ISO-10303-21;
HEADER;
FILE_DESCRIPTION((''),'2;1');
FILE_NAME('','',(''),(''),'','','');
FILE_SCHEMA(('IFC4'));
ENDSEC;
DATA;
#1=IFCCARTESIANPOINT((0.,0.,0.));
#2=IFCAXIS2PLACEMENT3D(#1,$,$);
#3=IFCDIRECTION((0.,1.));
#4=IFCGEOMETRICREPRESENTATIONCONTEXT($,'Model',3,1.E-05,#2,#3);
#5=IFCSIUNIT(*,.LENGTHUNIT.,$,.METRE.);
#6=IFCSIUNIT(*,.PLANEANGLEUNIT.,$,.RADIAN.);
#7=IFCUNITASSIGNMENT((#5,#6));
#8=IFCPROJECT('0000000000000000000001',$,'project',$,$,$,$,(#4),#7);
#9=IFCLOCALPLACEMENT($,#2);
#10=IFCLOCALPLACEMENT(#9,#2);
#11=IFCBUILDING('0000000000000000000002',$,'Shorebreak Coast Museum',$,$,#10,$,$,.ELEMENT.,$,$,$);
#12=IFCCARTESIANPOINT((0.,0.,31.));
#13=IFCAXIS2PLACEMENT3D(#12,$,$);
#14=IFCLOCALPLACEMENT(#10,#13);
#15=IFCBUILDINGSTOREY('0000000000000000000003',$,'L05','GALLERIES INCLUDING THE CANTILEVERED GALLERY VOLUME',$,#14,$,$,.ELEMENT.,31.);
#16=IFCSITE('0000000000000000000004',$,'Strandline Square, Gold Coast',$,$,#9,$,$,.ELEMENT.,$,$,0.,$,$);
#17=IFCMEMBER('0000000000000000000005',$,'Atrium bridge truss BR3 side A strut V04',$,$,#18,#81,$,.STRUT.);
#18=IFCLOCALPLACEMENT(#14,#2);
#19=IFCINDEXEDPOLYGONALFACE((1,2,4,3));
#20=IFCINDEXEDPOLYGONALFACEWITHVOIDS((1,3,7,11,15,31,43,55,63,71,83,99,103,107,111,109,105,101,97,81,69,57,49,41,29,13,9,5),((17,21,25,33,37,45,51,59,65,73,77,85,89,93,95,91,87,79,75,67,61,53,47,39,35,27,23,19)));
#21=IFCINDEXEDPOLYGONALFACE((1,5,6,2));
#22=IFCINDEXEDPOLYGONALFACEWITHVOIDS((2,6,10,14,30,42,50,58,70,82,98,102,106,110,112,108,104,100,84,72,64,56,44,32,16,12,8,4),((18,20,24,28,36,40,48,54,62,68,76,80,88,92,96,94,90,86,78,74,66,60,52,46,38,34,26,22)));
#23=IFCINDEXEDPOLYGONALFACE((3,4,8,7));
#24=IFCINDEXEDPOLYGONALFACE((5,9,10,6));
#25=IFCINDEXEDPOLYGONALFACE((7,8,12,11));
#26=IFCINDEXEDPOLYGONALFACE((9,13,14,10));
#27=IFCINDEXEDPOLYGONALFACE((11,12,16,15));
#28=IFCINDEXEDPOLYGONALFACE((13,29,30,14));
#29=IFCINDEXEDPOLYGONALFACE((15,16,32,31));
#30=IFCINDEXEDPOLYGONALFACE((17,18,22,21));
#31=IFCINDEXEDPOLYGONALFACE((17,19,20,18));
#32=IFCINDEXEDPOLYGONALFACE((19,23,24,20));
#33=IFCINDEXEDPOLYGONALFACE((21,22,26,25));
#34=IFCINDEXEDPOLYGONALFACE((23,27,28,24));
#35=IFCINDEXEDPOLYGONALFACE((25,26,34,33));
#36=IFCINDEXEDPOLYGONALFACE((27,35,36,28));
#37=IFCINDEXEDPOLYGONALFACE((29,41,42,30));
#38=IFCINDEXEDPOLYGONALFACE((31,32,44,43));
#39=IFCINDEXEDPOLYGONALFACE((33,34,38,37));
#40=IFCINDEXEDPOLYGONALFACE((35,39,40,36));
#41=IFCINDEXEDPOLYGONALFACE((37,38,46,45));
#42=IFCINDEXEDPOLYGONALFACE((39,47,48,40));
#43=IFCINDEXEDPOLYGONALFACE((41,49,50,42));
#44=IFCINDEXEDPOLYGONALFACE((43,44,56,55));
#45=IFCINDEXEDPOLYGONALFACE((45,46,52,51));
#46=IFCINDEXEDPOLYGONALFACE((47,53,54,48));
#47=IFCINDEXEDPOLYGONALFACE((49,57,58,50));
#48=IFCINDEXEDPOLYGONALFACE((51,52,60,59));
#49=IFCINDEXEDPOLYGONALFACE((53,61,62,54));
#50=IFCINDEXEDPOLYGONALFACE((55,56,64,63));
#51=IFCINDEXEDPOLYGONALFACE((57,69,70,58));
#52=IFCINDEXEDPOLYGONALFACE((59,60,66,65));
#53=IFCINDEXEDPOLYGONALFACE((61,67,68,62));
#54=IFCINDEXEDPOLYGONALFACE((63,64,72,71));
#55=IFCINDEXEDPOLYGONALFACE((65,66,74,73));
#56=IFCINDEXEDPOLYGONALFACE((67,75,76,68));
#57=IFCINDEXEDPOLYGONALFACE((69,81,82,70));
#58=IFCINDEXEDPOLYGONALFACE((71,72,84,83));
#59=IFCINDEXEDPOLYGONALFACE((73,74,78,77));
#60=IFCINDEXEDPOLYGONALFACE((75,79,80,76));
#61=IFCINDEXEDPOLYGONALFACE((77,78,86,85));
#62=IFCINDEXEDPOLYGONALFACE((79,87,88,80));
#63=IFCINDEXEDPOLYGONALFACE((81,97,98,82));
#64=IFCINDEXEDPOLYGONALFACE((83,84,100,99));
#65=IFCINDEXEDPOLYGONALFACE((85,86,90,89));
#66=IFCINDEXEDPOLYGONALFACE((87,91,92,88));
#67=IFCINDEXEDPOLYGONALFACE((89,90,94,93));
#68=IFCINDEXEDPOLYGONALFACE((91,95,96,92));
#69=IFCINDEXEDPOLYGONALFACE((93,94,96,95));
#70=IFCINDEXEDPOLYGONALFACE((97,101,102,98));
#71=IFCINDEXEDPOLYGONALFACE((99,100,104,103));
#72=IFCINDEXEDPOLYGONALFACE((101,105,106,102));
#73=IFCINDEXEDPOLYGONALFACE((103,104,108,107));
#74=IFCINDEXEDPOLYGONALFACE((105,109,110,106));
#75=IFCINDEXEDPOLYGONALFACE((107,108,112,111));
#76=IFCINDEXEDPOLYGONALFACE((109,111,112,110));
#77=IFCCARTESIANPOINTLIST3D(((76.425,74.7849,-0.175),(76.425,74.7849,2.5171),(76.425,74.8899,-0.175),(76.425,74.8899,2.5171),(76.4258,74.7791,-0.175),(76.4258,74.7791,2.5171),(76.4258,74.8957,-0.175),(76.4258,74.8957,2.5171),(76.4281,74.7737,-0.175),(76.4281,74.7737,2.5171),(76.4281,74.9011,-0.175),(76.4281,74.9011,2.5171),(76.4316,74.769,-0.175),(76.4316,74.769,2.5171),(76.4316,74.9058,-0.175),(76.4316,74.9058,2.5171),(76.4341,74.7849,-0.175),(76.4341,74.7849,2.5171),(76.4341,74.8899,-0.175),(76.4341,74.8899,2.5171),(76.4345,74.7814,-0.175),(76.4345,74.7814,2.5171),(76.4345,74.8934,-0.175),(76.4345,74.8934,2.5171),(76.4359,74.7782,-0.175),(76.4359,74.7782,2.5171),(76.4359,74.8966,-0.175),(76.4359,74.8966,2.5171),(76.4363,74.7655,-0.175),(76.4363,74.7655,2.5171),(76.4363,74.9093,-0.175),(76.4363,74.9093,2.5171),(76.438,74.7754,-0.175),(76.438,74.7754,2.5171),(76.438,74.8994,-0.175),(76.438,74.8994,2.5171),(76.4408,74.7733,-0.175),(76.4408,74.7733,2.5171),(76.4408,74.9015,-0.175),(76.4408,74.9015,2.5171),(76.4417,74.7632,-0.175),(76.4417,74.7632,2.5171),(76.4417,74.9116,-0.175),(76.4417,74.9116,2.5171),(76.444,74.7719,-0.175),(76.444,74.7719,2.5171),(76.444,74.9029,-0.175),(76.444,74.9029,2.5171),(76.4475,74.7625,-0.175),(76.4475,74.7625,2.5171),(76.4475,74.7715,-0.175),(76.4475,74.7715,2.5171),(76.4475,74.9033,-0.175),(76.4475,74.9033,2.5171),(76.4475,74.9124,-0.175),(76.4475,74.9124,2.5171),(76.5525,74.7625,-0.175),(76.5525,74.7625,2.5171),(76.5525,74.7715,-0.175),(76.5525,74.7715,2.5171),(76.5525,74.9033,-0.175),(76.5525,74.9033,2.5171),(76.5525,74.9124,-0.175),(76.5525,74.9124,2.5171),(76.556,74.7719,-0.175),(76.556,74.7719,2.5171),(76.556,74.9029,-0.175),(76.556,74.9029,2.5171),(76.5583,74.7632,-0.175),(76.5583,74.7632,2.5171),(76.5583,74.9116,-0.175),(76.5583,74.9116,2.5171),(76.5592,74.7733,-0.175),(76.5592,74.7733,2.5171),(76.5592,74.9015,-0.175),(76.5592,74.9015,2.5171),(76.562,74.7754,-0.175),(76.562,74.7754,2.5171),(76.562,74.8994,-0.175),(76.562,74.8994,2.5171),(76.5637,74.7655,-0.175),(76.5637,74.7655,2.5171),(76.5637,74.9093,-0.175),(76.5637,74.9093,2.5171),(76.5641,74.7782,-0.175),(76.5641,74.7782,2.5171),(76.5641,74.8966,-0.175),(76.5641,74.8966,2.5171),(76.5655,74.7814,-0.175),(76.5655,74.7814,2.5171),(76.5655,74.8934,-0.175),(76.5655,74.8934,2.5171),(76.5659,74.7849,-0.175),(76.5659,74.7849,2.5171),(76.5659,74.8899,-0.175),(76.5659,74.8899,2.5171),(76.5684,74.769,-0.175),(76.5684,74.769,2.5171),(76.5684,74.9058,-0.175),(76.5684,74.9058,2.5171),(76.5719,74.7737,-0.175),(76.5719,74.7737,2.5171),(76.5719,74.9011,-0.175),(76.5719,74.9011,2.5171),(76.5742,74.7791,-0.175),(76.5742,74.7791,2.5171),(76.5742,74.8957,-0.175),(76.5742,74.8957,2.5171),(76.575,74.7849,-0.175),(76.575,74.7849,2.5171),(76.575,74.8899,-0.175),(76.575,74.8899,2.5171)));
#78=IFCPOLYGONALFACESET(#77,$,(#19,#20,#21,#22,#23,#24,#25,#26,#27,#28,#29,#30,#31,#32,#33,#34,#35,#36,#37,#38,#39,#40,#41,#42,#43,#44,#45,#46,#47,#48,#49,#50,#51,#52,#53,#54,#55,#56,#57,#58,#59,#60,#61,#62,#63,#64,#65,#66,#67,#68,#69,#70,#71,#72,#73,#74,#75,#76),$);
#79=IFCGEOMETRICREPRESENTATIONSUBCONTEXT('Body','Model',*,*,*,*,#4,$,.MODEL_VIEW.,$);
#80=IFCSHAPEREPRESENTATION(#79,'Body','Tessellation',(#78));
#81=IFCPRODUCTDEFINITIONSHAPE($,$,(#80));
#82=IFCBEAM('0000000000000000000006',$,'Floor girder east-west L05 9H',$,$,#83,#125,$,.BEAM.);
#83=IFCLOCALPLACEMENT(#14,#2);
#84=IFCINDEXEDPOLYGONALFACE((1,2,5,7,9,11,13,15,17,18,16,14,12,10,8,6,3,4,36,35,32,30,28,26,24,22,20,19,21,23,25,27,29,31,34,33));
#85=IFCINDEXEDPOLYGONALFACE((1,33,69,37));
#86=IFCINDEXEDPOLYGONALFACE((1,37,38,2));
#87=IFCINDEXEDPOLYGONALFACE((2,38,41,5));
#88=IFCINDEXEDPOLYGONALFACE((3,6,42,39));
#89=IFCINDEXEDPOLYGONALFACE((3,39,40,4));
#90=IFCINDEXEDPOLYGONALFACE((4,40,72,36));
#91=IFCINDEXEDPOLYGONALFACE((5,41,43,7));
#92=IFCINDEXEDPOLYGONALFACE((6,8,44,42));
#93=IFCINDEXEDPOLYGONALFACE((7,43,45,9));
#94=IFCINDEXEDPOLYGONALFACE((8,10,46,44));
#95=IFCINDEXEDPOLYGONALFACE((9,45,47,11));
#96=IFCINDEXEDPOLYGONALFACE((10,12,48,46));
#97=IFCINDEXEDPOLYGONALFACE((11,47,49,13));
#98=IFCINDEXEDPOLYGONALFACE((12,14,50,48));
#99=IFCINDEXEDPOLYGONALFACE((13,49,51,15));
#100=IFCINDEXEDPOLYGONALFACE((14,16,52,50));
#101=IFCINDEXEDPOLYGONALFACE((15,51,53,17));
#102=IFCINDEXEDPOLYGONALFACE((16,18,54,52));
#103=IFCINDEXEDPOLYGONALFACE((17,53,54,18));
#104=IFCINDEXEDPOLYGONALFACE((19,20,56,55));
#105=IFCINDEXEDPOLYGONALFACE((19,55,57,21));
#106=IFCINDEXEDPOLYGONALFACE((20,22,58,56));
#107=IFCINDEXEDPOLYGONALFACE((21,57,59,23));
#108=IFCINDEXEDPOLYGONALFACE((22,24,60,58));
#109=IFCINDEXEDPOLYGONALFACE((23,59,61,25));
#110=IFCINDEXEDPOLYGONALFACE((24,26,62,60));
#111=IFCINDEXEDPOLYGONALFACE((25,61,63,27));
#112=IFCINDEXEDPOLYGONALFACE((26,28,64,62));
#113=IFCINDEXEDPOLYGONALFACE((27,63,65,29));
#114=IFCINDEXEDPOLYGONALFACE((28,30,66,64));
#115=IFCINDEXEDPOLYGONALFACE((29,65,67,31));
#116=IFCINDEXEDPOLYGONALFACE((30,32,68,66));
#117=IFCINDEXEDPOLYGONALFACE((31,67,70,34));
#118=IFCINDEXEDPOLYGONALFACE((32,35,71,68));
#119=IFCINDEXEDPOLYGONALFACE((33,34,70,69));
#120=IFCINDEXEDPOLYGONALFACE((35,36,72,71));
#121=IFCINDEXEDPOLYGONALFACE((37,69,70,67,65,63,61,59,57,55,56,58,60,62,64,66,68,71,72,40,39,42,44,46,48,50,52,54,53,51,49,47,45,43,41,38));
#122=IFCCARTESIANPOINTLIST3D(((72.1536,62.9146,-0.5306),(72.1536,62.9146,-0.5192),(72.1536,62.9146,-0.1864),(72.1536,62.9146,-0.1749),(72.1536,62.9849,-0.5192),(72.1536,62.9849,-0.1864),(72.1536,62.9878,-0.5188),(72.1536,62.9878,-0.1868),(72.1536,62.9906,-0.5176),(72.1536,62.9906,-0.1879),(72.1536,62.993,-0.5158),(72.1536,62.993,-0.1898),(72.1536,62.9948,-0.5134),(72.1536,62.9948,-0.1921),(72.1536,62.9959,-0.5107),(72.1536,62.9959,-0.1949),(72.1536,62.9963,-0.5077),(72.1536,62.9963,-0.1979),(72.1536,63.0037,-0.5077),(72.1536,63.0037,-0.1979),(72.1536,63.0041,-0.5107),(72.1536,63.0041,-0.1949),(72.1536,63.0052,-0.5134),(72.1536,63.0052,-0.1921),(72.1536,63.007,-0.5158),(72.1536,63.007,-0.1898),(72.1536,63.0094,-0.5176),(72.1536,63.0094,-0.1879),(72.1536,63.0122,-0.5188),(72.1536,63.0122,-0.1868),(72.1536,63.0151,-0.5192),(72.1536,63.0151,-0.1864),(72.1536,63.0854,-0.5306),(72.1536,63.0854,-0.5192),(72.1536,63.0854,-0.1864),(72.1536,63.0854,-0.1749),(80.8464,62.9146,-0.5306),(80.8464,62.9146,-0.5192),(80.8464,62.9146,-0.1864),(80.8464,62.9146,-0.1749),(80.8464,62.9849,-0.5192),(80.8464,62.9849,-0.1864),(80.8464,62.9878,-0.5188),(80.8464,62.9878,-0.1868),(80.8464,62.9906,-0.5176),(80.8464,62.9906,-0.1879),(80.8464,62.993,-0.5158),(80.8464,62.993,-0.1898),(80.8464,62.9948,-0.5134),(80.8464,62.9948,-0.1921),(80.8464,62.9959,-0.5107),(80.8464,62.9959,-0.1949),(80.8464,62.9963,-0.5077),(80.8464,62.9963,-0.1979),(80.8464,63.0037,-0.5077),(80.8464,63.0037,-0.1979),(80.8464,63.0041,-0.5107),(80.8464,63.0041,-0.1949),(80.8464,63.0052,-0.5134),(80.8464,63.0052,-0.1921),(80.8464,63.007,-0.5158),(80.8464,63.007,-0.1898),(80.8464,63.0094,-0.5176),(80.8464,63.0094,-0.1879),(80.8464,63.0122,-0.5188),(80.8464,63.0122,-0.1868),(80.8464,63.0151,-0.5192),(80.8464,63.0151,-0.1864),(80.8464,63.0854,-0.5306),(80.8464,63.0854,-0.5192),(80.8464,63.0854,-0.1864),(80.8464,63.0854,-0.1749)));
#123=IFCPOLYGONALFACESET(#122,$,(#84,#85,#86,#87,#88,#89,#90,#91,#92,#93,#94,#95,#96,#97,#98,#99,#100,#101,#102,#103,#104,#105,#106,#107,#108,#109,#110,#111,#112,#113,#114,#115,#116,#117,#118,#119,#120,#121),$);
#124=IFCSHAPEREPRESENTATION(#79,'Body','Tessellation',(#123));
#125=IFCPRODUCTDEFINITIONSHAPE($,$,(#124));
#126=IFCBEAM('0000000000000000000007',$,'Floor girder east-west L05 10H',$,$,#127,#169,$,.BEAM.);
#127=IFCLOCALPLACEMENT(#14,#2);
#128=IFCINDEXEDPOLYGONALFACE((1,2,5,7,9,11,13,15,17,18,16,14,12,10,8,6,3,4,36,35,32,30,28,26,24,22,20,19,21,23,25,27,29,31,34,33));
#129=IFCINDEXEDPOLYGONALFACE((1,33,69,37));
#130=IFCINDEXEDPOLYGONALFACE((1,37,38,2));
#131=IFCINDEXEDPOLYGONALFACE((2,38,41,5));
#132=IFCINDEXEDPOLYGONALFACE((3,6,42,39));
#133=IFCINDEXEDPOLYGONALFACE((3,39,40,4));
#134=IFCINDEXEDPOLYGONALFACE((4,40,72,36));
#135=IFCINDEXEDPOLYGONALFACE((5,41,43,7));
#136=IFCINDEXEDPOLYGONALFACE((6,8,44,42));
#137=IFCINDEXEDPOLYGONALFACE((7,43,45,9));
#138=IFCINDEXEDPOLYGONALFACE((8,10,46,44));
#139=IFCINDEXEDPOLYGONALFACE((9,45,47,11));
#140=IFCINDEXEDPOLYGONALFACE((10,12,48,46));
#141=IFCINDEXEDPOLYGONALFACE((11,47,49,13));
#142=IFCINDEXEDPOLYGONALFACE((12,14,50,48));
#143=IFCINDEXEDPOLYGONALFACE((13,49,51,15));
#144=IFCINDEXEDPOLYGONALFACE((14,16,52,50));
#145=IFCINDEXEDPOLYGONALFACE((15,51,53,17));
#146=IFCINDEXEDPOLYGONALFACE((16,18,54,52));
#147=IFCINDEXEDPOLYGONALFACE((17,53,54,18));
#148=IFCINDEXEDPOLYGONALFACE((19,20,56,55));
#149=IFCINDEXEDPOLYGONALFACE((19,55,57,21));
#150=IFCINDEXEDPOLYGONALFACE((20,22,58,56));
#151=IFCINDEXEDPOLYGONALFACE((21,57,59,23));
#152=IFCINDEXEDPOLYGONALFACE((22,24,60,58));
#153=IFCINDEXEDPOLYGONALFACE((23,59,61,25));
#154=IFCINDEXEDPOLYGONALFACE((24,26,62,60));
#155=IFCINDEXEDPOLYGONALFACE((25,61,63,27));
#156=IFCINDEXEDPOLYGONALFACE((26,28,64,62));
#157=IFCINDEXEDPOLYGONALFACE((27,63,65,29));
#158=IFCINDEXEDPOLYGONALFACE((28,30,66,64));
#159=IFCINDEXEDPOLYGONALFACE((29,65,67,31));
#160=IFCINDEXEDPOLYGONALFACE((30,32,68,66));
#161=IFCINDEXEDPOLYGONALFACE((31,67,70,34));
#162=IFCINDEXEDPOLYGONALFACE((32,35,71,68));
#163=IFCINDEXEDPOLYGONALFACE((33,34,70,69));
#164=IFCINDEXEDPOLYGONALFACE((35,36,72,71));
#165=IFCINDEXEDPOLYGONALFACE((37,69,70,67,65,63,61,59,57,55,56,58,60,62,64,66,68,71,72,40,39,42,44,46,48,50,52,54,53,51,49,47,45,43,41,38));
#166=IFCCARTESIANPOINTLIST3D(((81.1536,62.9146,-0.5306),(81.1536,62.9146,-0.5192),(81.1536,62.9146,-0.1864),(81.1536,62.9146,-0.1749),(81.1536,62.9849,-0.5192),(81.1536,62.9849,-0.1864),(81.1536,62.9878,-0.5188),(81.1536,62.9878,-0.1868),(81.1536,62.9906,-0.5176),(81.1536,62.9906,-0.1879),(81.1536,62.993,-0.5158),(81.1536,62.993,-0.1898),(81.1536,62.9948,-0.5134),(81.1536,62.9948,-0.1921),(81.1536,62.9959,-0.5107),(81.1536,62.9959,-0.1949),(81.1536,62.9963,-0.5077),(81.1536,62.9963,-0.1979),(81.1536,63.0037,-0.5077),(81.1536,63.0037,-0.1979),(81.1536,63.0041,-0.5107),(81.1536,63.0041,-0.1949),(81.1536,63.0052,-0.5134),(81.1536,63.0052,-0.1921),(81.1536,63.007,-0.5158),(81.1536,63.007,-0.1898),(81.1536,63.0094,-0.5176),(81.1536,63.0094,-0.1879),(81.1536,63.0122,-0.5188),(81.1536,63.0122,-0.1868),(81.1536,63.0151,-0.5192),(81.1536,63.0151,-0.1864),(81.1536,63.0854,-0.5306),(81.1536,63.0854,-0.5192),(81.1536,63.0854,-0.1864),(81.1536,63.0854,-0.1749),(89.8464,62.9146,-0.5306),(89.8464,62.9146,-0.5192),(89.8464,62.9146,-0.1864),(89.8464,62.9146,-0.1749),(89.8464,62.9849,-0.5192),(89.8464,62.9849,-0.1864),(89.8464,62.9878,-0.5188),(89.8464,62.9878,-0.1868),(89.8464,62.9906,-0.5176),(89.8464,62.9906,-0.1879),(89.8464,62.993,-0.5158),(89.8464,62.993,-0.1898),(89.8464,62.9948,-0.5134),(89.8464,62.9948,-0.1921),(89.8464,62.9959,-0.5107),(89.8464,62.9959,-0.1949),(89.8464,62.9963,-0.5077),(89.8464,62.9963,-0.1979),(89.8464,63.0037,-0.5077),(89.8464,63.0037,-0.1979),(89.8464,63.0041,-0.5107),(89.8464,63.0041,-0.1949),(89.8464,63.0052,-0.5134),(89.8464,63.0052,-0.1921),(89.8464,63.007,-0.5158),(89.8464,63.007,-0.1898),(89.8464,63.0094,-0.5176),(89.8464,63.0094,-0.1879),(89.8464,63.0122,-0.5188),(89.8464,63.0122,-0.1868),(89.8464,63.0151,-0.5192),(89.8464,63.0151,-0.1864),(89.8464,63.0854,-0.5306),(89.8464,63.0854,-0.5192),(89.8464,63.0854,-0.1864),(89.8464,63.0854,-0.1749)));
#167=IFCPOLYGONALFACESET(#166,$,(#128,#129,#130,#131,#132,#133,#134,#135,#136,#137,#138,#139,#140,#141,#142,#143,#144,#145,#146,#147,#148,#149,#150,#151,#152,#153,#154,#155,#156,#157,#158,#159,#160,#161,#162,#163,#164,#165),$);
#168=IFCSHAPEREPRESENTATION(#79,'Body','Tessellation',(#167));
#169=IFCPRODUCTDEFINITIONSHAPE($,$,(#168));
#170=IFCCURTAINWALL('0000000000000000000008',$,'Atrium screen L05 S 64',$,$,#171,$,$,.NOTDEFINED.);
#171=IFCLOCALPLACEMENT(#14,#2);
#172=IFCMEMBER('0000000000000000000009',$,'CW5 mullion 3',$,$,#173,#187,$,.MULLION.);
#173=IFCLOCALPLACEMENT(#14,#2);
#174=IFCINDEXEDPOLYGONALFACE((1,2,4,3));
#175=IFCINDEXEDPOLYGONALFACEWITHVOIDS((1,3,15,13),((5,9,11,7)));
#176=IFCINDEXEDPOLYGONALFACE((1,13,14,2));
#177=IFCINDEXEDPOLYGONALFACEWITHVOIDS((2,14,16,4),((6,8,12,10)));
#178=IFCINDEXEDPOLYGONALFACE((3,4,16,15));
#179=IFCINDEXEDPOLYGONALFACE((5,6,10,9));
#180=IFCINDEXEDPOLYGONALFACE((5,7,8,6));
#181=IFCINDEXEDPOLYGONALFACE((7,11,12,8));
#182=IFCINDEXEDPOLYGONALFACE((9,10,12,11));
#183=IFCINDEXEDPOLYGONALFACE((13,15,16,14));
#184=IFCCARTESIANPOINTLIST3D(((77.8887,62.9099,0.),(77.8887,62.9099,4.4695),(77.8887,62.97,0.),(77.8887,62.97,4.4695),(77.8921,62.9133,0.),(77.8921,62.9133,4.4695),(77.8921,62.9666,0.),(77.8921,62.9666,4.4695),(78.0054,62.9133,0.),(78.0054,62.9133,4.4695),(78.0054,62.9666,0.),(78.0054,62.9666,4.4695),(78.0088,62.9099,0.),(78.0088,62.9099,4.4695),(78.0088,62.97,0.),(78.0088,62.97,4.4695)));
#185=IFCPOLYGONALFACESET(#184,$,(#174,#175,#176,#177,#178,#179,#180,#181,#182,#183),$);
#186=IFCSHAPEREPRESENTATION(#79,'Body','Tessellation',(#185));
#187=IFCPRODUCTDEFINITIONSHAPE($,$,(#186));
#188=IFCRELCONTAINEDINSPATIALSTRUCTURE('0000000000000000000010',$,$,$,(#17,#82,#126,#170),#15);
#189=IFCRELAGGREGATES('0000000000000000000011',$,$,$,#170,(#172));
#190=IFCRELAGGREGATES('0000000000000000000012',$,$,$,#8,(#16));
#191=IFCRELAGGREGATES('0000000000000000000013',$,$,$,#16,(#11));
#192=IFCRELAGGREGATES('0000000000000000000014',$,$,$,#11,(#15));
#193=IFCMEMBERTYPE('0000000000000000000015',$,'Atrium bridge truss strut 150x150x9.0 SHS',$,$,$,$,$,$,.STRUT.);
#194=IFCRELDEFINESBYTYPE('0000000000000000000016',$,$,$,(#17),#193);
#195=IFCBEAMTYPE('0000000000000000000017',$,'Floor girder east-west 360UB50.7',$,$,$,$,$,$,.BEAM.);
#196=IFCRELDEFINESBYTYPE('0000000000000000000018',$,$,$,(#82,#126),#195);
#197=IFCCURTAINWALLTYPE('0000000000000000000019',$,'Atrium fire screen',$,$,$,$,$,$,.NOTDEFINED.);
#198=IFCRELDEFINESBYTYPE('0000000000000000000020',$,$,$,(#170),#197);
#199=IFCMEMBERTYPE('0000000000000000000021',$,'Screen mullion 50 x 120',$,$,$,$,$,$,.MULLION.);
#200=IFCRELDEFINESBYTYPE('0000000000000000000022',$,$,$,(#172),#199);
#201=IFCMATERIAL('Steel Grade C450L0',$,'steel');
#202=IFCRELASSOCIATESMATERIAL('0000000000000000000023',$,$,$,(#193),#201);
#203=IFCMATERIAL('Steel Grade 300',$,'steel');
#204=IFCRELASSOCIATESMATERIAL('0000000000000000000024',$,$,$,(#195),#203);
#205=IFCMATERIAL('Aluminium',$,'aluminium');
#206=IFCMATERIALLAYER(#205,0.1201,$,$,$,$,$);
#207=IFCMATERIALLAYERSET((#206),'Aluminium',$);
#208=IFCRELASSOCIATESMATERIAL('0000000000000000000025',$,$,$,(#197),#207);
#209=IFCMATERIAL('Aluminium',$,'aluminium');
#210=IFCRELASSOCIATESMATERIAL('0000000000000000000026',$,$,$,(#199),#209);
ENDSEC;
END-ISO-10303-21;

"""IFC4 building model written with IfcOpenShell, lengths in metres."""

from ifc_helpers import new_model, si_unit, direction, frame, origin, origin_2d, place, context, subcontext, project, spatial, hollow_rectangle, i_section, extrude, material, layer, layer_set, material_profile, profile_set, type_object, element, aggregate, save


model = new_model("IFC4")

# Units and contexts
model_context = context("Model", 3, precision=1e-05, world=origin(), true_north=direction((0.0, 1.0)))
body_context = subcontext(model_context, "Body", "Model", "MODEL_VIEW")
ifc_project = project(units=[si_unit("LENGTHUNIT", "METRE"), si_unit("PLANEANGLEUNIT", "RADIAN")], contexts=[model_context])

# Site, building, storey
site_placement = place(None, origin())
site = spatial("IfcSite", under=ifc_project, at=site_placement, Name="Strandline Square, Gold Coast", CompositionType="ELEMENT", RefElevation=0.0)
building_placement = place(site_placement, origin())
building = spatial("IfcBuilding", under=site, at=building_placement, Name="Shorebreak Coast Museum", CompositionType="ELEMENT")
storey_placement = place(building_placement, frame((0.0, 0.0, 31.0)))
storey = spatial("IfcBuildingStorey", under=building, at=storey_placement, Name="L05", Description="GALLERIES INCLUDING THE CANTILEVERED GALLERY VOLUME", CompositionType="ELEMENT", Elevation=31.0)

# Member
ifc_material_1 = material(Name="Steel Grade C450L0", Category="steel")
ifc_material_profile_1 = material_profile(ifc_material_1, hollow_rectangle(XDim=0.1499, YDim=0.1499, WallThickness=0.009, InnerFilletRadius=0.0134, OuterFilletRadius=0.0225, at=origin_2d()), Name="150x150x9.0 SHS")
ifc_profile_set_1 = profile_set([ifc_material_profile_1], Name="Steel Grade C450L0")
member_type_1 = type_object("IfcMemberType", Name="Atrium bridge truss strut 150x150x9.0 SHS", PredefinedType="STRUT", material=ifc_profile_set_1)
for number, where, z_axis, x_axis, name in (
    (1, (76.5, 74.8374, -0.175), (0.0, 0.0, 1.0), (1.0, 0.0, 0.0), "Atrium bridge truss BR3 side A strut V04"),
):
    element("IfcMember", number, at=place(storey_placement, frame(where, z_axis=z_axis, x_axis=x_axis)), inside=storey, type_object=member_type_1, Name=name, PredefinedType="STRUT", context=body_context, shape_type="SweptSolid", body=[
        extrude(hollow_rectangle(XDim=0.1499, YDim=0.1499, WallThickness=0.009, InnerFilletRadius=0.0134, OuterFilletRadius=0.0225, at=origin_2d()), origin(), (0.0, 0.0, 1.0), 2.6921),
    ])

# Beams
ifc_material_2 = material(Name="Steel Grade 300", Category="steel")
ifc_material_profile_2 = material_profile(ifc_material_2, i_section(OverallWidth=0.1709, OverallDepth=0.3557, WebThickness=0.0073, FlangeThickness=0.0115, FilletRadius=0.0115, at=origin_2d()), Name="360UB50.7")
ifc_profile_set_2 = profile_set([ifc_material_profile_2], Name="Steel Grade 300")
beam_type = type_object("IfcBeamType", Name="Floor girder east-west 360UB50.7", PredefinedType="BEAM", material=ifc_profile_set_2)
for number, where, z_axis, x_axis, name in (
    (2, (72.1536, 63.0, -0.3528), (1.0, 0.0, 0.0), (0.0, 1.0, 0.0), "Floor girder east-west L05 9H"),
    (3, (81.1536, 63.0, -0.3528), (1.0, 0.0, 0.0), (0.0, 1.0, 0.0), "Floor girder east-west L05 10H"),
):
    element("IfcBeam", number, at=place(storey_placement, frame(where, z_axis=z_axis, x_axis=x_axis)), inside=storey, type_object=beam_type, Name=name, PredefinedType="BEAM", context=body_context, shape_type="SweptSolid", body=[
        extrude(i_section(OverallWidth=0.1709, OverallDepth=0.3557, WebThickness=0.0073, FlangeThickness=0.0115, FilletRadius=0.0115, at=origin_2d()), origin(), (0.0, 0.0, 1.0), 8.6929),
    ])

# Curtain wall, member
ifc_material_3 = material(Name="Aluminium", Category="aluminium")
ifc_layer_1 = layer(ifc_material_3, 0.1201)
ifc_layer_set_1 = layer_set([ifc_layer_1], Name="Aluminium")
curtain_wall_type = type_object("IfcCurtainWallType", Name="Atrium fire screen", PredefinedType="NOTDEFINED", material=ifc_layer_set_1)
curtain_wall_1_placement = place(storey_placement, origin())
curtain_wall_1 = element("IfcCurtainWall", 4, at=curtain_wall_1_placement, inside=storey, type_object=curtain_wall_type, Name="Atrium screen L05 S 64", PredefinedType="NOTDEFINED")
ifc_material_4 = material(Name="Aluminium", Category="aluminium")
ifc_material_profile_3 = material_profile(ifc_material_4, hollow_rectangle(XDim=0.0601, YDim=0.1201, WallThickness=0.0034, at=origin_2d()), Name="AL 120x60 RHS")
ifc_profile_set_3 = profile_set([ifc_material_profile_3], Name="Aluminium")
member_type_2 = type_object("IfcMemberType", Name="Screen mullion 50 x 120", PredefinedType="MULLION", material=ifc_profile_set_3)
member_1_placement = place(storey_placement, frame((77.9487, 62.9399, 0.0), z_axis=(0.0, 0.0, 1.0), x_axis=(0.0, 1.0, 0.0)))
member_1 = element("IfcMember", 5, at=member_1_placement, type_object=member_type_2, Name="CW5 mullion 3", PredefinedType="MULLION", context=body_context, shape_type="SweptSolid", body=[
    extrude(hollow_rectangle(XDim=0.0601, YDim=0.1201, WallThickness=0.0034, at=origin_2d()), origin(), (0.0, 0.0, 1.0), 4.4695),
])

aggregate(curtain_wall_1, [member_1])

save(model, "model.ifc")
